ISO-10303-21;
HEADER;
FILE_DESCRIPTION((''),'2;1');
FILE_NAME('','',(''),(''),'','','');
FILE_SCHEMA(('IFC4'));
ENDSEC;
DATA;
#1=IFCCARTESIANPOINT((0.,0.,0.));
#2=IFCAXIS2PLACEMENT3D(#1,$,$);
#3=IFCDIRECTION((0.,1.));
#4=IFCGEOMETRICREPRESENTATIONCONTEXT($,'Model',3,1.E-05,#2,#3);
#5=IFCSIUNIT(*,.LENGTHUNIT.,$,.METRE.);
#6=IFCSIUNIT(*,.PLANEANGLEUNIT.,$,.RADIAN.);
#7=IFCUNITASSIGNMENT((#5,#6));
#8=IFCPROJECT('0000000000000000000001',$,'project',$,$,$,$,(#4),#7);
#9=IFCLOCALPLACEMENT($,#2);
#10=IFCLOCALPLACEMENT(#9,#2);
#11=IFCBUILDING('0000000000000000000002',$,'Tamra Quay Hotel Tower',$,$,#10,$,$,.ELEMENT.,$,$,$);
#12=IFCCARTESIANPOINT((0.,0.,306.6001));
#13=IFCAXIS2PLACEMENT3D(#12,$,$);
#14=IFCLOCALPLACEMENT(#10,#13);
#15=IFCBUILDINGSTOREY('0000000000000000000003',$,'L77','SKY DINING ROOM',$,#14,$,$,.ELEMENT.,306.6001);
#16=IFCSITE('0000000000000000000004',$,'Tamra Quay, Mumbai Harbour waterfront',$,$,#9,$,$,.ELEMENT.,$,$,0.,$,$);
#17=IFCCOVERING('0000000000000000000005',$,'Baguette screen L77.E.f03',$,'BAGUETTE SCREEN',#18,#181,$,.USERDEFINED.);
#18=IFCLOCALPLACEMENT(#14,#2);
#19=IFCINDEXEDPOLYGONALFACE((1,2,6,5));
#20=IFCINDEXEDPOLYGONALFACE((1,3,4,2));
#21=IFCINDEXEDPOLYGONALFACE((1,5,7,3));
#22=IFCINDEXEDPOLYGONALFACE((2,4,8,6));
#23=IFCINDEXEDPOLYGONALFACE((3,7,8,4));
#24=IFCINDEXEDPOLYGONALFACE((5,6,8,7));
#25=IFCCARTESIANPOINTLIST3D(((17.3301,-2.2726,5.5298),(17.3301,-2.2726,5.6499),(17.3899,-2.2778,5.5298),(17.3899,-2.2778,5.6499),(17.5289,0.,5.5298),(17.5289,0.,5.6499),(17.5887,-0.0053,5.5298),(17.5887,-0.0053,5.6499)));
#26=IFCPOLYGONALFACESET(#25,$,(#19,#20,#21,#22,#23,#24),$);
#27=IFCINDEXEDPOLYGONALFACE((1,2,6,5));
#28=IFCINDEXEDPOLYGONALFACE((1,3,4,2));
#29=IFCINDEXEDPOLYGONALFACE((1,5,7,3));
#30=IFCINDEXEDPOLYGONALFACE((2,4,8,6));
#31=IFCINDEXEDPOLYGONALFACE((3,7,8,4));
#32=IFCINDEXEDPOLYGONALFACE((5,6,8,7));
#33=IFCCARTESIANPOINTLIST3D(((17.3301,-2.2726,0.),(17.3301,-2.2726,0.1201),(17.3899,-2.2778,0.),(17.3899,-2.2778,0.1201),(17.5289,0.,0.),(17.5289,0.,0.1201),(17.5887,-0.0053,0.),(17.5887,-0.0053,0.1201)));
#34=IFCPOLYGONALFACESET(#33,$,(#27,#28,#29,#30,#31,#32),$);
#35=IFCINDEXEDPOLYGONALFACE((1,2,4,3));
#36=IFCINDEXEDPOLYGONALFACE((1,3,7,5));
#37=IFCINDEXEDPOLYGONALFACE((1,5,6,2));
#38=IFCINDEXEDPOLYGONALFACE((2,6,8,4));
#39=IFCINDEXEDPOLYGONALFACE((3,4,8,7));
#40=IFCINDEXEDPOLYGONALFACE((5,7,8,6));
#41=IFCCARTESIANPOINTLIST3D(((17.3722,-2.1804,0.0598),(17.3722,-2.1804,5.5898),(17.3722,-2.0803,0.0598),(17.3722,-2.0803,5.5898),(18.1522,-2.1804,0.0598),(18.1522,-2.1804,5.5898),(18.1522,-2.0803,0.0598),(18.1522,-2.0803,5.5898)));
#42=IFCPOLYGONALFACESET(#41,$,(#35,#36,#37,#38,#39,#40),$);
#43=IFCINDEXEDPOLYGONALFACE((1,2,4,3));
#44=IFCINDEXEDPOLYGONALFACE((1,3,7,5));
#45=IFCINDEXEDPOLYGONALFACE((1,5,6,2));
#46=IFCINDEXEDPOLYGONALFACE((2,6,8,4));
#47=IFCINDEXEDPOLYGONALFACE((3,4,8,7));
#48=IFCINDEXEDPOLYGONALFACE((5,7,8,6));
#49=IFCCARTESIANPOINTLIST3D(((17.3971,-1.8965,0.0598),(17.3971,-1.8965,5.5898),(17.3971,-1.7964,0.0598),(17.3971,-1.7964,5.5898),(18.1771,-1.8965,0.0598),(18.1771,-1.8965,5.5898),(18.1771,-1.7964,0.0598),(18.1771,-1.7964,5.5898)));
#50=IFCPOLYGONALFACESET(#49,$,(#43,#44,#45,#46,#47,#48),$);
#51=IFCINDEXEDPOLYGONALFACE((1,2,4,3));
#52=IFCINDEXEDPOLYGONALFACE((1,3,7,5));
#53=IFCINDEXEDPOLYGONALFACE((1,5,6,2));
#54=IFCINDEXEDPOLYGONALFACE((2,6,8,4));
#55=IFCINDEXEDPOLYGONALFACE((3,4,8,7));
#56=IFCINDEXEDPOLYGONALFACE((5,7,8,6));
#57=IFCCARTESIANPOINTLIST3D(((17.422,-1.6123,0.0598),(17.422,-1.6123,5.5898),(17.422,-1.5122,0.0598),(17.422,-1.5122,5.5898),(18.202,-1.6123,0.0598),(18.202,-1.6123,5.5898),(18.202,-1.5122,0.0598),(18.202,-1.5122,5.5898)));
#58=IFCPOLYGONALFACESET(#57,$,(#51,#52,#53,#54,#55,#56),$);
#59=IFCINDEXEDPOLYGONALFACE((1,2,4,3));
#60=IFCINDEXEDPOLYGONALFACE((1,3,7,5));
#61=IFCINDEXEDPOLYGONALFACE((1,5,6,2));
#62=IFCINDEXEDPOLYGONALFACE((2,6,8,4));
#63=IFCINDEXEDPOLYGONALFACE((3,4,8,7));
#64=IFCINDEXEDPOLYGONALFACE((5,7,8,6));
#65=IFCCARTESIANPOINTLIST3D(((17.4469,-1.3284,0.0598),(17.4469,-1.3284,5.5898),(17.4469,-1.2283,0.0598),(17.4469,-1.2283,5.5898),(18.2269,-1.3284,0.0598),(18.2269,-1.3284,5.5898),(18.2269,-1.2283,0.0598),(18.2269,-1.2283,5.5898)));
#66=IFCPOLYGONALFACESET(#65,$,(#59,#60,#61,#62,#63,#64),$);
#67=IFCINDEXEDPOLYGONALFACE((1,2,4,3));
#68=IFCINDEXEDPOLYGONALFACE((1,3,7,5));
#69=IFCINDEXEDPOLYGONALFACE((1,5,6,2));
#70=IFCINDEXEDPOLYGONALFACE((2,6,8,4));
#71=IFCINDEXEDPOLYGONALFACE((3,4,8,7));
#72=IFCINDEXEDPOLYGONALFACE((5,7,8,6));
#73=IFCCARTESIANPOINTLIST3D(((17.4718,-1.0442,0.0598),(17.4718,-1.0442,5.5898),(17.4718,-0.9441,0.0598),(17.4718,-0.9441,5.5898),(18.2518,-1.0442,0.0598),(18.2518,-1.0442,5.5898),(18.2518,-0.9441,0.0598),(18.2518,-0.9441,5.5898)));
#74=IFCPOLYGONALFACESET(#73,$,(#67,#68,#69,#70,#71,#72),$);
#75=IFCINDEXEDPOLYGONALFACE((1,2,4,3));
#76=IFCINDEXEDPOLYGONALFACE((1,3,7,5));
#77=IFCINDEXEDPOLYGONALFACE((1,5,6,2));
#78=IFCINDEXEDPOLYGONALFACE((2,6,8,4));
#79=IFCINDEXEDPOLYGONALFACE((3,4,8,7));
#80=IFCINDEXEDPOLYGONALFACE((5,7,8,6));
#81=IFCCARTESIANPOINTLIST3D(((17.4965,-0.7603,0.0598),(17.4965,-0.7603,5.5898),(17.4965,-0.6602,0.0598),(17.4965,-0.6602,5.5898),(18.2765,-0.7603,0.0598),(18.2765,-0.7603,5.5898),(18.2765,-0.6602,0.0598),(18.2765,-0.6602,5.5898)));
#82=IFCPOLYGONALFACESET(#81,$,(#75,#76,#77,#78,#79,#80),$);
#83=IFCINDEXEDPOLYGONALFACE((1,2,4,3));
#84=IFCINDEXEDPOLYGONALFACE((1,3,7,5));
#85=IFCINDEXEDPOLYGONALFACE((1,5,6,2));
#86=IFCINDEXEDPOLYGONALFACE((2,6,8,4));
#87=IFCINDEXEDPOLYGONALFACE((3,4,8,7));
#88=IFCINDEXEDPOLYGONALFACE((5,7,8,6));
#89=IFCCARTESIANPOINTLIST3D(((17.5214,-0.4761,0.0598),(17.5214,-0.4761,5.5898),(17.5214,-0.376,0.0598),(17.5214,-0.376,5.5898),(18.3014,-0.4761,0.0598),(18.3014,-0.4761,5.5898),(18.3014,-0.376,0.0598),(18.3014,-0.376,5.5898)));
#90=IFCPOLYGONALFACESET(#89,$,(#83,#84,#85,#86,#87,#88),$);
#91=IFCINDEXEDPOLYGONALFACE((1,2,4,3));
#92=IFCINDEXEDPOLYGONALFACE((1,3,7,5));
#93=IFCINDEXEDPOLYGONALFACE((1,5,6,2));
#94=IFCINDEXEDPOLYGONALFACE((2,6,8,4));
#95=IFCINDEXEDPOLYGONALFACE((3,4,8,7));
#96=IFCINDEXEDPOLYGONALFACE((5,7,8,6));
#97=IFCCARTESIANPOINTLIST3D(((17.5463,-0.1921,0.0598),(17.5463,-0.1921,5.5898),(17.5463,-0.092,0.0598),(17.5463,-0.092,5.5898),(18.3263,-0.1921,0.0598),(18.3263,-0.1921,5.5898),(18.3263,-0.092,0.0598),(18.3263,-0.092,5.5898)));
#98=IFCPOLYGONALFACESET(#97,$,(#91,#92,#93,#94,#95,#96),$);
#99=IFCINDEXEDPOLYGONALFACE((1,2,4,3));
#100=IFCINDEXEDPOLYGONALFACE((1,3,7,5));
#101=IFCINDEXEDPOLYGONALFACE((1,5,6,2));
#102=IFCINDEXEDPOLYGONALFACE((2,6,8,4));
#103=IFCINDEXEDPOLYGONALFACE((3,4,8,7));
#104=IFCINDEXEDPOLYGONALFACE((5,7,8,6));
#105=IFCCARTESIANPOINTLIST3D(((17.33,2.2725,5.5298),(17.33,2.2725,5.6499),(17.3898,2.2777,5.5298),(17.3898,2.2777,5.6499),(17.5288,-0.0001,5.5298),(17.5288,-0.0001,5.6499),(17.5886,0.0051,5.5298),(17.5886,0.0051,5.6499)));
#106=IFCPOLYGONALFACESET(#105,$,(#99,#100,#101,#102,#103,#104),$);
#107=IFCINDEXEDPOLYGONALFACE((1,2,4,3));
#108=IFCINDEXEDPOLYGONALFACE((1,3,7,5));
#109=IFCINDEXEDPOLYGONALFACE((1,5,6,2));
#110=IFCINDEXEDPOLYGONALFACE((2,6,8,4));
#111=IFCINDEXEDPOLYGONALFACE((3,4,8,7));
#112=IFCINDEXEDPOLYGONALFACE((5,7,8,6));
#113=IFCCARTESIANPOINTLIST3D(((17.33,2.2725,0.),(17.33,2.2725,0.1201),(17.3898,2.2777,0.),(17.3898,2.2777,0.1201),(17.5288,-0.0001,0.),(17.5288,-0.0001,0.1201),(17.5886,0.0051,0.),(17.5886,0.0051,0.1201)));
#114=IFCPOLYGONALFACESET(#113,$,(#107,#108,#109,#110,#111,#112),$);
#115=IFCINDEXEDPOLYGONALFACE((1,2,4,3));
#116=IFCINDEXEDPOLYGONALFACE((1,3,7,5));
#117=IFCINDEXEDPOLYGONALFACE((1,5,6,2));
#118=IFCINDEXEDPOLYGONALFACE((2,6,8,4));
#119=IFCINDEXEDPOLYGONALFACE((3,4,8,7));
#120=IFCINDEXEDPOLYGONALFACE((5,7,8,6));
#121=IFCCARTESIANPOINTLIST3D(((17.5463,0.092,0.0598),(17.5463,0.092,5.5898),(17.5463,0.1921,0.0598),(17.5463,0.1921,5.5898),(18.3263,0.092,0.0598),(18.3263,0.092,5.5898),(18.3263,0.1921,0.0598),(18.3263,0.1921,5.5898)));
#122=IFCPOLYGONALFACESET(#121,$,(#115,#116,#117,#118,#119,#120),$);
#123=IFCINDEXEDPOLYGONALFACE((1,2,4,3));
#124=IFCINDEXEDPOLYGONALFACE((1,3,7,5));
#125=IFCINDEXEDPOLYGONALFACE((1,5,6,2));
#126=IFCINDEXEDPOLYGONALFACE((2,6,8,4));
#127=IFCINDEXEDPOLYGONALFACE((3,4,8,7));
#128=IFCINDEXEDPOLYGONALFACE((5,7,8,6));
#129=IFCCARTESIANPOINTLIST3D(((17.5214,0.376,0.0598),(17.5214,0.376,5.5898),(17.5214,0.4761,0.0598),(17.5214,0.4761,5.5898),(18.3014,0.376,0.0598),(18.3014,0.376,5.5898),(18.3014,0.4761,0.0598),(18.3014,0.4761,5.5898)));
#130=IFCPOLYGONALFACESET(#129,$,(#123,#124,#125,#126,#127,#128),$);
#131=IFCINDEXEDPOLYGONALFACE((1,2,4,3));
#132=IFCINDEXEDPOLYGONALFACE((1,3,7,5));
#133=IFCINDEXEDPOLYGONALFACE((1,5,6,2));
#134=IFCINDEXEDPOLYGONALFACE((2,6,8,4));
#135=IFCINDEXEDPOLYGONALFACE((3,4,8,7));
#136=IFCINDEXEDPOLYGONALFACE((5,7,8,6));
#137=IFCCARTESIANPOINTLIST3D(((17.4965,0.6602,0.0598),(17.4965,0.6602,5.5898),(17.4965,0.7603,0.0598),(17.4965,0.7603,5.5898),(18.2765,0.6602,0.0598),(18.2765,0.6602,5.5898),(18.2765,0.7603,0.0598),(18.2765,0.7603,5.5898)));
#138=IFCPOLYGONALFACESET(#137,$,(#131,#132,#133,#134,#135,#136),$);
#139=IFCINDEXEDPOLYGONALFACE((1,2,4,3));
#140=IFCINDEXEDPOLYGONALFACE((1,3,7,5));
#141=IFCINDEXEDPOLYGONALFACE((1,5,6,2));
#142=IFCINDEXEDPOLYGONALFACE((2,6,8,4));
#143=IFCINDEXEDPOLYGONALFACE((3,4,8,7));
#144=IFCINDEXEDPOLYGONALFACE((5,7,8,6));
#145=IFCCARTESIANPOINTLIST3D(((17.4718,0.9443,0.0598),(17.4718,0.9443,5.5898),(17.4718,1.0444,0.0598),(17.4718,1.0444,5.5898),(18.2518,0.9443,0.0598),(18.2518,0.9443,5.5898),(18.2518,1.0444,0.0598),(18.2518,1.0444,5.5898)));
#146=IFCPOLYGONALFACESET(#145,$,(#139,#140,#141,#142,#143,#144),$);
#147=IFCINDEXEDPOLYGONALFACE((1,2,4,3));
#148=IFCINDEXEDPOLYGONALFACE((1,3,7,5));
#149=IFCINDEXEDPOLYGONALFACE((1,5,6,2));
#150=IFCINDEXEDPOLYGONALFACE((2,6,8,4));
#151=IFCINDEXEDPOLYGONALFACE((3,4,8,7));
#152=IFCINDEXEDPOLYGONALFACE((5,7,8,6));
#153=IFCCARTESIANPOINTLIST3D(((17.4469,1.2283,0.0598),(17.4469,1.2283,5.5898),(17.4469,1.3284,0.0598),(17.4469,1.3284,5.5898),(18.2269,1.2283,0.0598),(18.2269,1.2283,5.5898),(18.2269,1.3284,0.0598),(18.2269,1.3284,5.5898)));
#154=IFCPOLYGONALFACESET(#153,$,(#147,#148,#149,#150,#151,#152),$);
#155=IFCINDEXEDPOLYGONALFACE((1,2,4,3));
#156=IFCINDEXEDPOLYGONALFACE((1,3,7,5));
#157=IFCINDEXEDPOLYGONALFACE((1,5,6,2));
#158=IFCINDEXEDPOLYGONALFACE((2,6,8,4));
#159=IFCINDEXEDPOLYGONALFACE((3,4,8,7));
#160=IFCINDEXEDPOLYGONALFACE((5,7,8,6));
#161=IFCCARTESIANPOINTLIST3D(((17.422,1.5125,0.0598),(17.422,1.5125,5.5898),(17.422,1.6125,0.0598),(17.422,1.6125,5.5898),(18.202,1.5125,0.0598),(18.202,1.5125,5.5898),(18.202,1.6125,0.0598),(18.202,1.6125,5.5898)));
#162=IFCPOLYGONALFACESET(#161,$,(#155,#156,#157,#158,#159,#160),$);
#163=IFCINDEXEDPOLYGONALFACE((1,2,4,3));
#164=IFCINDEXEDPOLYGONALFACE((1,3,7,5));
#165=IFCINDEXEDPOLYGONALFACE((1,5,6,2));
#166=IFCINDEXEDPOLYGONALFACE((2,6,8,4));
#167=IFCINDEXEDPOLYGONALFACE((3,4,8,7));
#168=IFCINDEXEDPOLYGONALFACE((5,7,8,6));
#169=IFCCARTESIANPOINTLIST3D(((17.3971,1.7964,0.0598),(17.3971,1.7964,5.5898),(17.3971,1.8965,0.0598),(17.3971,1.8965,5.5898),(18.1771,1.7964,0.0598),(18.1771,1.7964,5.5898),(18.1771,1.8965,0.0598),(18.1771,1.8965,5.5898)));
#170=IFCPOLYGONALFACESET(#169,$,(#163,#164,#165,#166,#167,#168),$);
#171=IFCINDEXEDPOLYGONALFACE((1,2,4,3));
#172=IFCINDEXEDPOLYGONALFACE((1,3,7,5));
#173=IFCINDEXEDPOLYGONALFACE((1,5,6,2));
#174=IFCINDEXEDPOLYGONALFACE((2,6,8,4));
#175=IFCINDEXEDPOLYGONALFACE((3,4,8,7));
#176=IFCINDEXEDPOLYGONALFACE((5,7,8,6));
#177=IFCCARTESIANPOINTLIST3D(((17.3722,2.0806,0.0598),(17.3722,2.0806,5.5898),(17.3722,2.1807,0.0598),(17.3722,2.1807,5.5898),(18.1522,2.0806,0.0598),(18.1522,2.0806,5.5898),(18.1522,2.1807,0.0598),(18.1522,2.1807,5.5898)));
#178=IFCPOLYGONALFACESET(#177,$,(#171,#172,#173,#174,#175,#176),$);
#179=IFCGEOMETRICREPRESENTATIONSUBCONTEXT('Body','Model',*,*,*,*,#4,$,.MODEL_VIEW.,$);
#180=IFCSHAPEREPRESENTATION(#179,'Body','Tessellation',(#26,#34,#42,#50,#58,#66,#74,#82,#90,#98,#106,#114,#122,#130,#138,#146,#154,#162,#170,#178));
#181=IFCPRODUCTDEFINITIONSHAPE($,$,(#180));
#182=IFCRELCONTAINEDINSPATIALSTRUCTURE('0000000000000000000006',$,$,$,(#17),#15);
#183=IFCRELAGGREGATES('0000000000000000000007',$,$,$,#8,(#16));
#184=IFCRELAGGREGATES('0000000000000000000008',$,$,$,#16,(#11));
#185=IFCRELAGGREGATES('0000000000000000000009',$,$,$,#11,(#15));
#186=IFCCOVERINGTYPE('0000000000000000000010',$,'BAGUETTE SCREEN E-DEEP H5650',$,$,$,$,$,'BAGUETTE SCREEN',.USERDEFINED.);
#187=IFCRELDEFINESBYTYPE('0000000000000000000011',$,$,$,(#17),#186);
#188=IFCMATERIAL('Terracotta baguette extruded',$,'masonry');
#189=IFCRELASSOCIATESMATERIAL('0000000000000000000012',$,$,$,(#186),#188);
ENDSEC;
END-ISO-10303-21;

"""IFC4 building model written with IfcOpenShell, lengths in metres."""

from ifc_helpers import new_model, si_unit, direction, frame, frame_2d, origin, place, context, subcontext, project, spatial, rectangle, extrude, source, transform, mapped, material, type_object, element, save


model = new_model("IFC4")

# Units and contexts
model_context = context("Model", 3, precision=1e-05, world=origin(), true_north=direction((0.0, 1.0)))
body_context = subcontext(model_context, "Body", "Model", "MODEL_VIEW")
ifc_project = project(units=[si_unit("LENGTHUNIT", "METRE"), si_unit("PLANEANGLEUNIT", "RADIAN")], contexts=[model_context])

# Site, building, storey
site_placement = place(None, origin())
site = spatial("IfcSite", under=ifc_project, at=site_placement, Name="Tamra Quay, Mumbai Harbour waterfront", CompositionType="ELEMENT", RefElevation=0.0)
building_placement = place(site_placement, origin())
building = spatial("IfcBuilding", under=site, at=building_placement, Name="Tamra Quay Hotel Tower", CompositionType="ELEMENT")
storey_placement = place(building_placement, frame((0.0, 0.0, 306.6001)))
storey = spatial("IfcBuildingStorey", under=building, at=storey_placement, Name="L77", Description="SKY DINING ROOM", CompositionType="ELEMENT", Elevation=306.6001)

# Covering
ifc_material_1 = material(Name="Terracotta baguette extruded", Category="masonry")
covering_type = type_object("IfcCoveringType", Name="BAGUETTE SCREEN E-DEEP H5650", ElementType="BAGUETTE SCREEN", PredefinedType="USERDEFINED", material=ifc_material_1)
shared_shape = source(origin(), body_context, "Body", "SweptSolid", [
    extrude(rectangle(XDim=2.2812, YDim=0.0601, at=frame_2d((1.1406, 0.03))), frame((-2.2778, -0.0579, -0.1201), z_axis=(0.0, 0.0, 1.0), x_axis=(0.996195, -0.087156, 0.0)), (0.0, 0.0, 1.0), 0.1201),
    extrude(rectangle(XDim=2.2812, YDim=0.0601, at=frame_2d((1.1406, 0.03))), frame((-2.2778, -0.0579, -5.6499), z_axis=(0.0, 0.0, 1.0), x_axis=(0.996195, -0.087156, 0.0)), (0.0, 0.0, 1.0), 0.1201),
    extrude(rectangle(XDim=0.1001, YDim=0.78, at=frame_2d((0.05, 0.3901))), frame((-2.1804, -0.8203, -5.5901)), (0.0, 0.0, 1.0), 5.53),
    extrude(rectangle(XDim=0.1001, YDim=0.78, at=frame_2d((0.05, 0.3901))), frame((-1.8965, -0.8452, -5.5901)), (0.0, 0.0, 1.0), 5.53),
    extrude(rectangle(XDim=0.1001, YDim=0.78, at=frame_2d((0.05, 0.3901))), frame((-1.6123, -0.8701, -5.5901)), (0.0, 0.0, 1.0), 5.53),
    extrude(rectangle(XDim=0.1001, YDim=0.78, at=frame_2d((0.05, 0.3901))), frame((-1.3284, -0.895, -5.5901)), (0.0, 0.0, 1.0), 5.53),
    extrude(rectangle(XDim=0.1001, YDim=0.78, at=frame_2d((0.05, 0.3901))), frame((-1.0442, -0.9199, -5.5901)), (0.0, 0.0, 1.0), 5.53),
    extrude(rectangle(XDim=0.1001, YDim=0.78, at=frame_2d((0.05, 0.3901))), frame((-0.7603, -0.9446, -5.5901)), (0.0, 0.0, 1.0), 5.53),
    extrude(rectangle(XDim=0.1001, YDim=0.78, at=frame_2d((0.05, 0.3901))), frame((-0.4761, -0.9695, -5.5901)), (0.0, 0.0, 1.0), 5.53),
    extrude(rectangle(XDim=0.1001, YDim=0.78, at=frame_2d((0.05, 0.3901))), frame((-0.1921, -0.9944, -5.5901)), (0.0, 0.0, 1.0), 5.53),
    extrude(rectangle(XDim=2.2812, YDim=0.0601, at=frame_2d((1.1406, 0.03))), frame((0.0051, -0.2566, -0.1201), z_axis=(0.0, 0.0, 1.0), x_axis=(0.996195, 0.087156, 0.0)), (0.0, 0.0, 1.0), 0.1201),
    extrude(rectangle(XDim=2.2812, YDim=0.0601, at=frame_2d((1.1406, 0.03))), frame((0.0051, -0.2566, -5.6499), z_axis=(0.0, 0.0, 1.0), x_axis=(0.996195, 0.087156, 0.0)), (0.0, 0.0, 1.0), 0.1201),
    extrude(rectangle(XDim=0.1001, YDim=0.78, at=frame_2d((0.05, 0.3901))), frame((0.092, -0.9944, -5.5901)), (0.0, 0.0, 1.0), 5.53),
    extrude(rectangle(XDim=0.1001, YDim=0.78, at=frame_2d((0.05, 0.3901))), frame((0.376, -0.9695, -5.5901)), (0.0, 0.0, 1.0), 5.53),
    extrude(rectangle(XDim=0.1001, YDim=0.78, at=frame_2d((0.05, 0.3901))), frame((0.6602, -0.9446, -5.5901)), (0.0, 0.0, 1.0), 5.53),
    extrude(rectangle(XDim=0.1001, YDim=0.78, at=frame_2d((0.05, 0.3901))), frame((0.9443, -0.9199, -5.5901)), (0.0, 0.0, 1.0), 5.53),
    extrude(rectangle(XDim=0.1001, YDim=0.78, at=frame_2d((0.05, 0.3901))), frame((1.2283, -0.895, -5.5901)), (0.0, 0.0, 1.0), 5.53),
    extrude(rectangle(XDim=0.1001, YDim=0.78, at=frame_2d((0.05, 0.3901))), frame((1.5125, -0.8701, -5.5901)), (0.0, 0.0, 1.0), 5.53),
    extrude(rectangle(XDim=0.1001, YDim=0.78, at=frame_2d((0.05, 0.3901))), frame((1.7964, -0.8452, -5.5901)), (0.0, 0.0, 1.0), 5.53),
    extrude(rectangle(XDim=0.1001, YDim=0.78, at=frame_2d((0.05, 0.3901))), frame((2.0806, -0.8203, -5.5901)), (0.0, 0.0, 1.0), 5.53),
])
for number, where, z_axis, x_axis, name in (
    (1, (17.332, 0.0, 5.6499), (0.0, 0.0, 1.0), (0.0, 1.0, 0.0), "Baguette screen L77.E.f03"),
):
    element("IfcCovering", number, at=place(storey_placement, frame(where, z_axis=z_axis, x_axis=x_axis)), inside=storey, type_object=covering_type, Name=name, ObjectType="BAGUETTE SCREEN", PredefinedType="USERDEFINED", context=body_context, shape_type="MappedRepresentation", body=[
        mapped(shared_shape, transform((0.0, 0.0, 0.0), scale=1.0)),
    ])

save(model, "model.ifc")
